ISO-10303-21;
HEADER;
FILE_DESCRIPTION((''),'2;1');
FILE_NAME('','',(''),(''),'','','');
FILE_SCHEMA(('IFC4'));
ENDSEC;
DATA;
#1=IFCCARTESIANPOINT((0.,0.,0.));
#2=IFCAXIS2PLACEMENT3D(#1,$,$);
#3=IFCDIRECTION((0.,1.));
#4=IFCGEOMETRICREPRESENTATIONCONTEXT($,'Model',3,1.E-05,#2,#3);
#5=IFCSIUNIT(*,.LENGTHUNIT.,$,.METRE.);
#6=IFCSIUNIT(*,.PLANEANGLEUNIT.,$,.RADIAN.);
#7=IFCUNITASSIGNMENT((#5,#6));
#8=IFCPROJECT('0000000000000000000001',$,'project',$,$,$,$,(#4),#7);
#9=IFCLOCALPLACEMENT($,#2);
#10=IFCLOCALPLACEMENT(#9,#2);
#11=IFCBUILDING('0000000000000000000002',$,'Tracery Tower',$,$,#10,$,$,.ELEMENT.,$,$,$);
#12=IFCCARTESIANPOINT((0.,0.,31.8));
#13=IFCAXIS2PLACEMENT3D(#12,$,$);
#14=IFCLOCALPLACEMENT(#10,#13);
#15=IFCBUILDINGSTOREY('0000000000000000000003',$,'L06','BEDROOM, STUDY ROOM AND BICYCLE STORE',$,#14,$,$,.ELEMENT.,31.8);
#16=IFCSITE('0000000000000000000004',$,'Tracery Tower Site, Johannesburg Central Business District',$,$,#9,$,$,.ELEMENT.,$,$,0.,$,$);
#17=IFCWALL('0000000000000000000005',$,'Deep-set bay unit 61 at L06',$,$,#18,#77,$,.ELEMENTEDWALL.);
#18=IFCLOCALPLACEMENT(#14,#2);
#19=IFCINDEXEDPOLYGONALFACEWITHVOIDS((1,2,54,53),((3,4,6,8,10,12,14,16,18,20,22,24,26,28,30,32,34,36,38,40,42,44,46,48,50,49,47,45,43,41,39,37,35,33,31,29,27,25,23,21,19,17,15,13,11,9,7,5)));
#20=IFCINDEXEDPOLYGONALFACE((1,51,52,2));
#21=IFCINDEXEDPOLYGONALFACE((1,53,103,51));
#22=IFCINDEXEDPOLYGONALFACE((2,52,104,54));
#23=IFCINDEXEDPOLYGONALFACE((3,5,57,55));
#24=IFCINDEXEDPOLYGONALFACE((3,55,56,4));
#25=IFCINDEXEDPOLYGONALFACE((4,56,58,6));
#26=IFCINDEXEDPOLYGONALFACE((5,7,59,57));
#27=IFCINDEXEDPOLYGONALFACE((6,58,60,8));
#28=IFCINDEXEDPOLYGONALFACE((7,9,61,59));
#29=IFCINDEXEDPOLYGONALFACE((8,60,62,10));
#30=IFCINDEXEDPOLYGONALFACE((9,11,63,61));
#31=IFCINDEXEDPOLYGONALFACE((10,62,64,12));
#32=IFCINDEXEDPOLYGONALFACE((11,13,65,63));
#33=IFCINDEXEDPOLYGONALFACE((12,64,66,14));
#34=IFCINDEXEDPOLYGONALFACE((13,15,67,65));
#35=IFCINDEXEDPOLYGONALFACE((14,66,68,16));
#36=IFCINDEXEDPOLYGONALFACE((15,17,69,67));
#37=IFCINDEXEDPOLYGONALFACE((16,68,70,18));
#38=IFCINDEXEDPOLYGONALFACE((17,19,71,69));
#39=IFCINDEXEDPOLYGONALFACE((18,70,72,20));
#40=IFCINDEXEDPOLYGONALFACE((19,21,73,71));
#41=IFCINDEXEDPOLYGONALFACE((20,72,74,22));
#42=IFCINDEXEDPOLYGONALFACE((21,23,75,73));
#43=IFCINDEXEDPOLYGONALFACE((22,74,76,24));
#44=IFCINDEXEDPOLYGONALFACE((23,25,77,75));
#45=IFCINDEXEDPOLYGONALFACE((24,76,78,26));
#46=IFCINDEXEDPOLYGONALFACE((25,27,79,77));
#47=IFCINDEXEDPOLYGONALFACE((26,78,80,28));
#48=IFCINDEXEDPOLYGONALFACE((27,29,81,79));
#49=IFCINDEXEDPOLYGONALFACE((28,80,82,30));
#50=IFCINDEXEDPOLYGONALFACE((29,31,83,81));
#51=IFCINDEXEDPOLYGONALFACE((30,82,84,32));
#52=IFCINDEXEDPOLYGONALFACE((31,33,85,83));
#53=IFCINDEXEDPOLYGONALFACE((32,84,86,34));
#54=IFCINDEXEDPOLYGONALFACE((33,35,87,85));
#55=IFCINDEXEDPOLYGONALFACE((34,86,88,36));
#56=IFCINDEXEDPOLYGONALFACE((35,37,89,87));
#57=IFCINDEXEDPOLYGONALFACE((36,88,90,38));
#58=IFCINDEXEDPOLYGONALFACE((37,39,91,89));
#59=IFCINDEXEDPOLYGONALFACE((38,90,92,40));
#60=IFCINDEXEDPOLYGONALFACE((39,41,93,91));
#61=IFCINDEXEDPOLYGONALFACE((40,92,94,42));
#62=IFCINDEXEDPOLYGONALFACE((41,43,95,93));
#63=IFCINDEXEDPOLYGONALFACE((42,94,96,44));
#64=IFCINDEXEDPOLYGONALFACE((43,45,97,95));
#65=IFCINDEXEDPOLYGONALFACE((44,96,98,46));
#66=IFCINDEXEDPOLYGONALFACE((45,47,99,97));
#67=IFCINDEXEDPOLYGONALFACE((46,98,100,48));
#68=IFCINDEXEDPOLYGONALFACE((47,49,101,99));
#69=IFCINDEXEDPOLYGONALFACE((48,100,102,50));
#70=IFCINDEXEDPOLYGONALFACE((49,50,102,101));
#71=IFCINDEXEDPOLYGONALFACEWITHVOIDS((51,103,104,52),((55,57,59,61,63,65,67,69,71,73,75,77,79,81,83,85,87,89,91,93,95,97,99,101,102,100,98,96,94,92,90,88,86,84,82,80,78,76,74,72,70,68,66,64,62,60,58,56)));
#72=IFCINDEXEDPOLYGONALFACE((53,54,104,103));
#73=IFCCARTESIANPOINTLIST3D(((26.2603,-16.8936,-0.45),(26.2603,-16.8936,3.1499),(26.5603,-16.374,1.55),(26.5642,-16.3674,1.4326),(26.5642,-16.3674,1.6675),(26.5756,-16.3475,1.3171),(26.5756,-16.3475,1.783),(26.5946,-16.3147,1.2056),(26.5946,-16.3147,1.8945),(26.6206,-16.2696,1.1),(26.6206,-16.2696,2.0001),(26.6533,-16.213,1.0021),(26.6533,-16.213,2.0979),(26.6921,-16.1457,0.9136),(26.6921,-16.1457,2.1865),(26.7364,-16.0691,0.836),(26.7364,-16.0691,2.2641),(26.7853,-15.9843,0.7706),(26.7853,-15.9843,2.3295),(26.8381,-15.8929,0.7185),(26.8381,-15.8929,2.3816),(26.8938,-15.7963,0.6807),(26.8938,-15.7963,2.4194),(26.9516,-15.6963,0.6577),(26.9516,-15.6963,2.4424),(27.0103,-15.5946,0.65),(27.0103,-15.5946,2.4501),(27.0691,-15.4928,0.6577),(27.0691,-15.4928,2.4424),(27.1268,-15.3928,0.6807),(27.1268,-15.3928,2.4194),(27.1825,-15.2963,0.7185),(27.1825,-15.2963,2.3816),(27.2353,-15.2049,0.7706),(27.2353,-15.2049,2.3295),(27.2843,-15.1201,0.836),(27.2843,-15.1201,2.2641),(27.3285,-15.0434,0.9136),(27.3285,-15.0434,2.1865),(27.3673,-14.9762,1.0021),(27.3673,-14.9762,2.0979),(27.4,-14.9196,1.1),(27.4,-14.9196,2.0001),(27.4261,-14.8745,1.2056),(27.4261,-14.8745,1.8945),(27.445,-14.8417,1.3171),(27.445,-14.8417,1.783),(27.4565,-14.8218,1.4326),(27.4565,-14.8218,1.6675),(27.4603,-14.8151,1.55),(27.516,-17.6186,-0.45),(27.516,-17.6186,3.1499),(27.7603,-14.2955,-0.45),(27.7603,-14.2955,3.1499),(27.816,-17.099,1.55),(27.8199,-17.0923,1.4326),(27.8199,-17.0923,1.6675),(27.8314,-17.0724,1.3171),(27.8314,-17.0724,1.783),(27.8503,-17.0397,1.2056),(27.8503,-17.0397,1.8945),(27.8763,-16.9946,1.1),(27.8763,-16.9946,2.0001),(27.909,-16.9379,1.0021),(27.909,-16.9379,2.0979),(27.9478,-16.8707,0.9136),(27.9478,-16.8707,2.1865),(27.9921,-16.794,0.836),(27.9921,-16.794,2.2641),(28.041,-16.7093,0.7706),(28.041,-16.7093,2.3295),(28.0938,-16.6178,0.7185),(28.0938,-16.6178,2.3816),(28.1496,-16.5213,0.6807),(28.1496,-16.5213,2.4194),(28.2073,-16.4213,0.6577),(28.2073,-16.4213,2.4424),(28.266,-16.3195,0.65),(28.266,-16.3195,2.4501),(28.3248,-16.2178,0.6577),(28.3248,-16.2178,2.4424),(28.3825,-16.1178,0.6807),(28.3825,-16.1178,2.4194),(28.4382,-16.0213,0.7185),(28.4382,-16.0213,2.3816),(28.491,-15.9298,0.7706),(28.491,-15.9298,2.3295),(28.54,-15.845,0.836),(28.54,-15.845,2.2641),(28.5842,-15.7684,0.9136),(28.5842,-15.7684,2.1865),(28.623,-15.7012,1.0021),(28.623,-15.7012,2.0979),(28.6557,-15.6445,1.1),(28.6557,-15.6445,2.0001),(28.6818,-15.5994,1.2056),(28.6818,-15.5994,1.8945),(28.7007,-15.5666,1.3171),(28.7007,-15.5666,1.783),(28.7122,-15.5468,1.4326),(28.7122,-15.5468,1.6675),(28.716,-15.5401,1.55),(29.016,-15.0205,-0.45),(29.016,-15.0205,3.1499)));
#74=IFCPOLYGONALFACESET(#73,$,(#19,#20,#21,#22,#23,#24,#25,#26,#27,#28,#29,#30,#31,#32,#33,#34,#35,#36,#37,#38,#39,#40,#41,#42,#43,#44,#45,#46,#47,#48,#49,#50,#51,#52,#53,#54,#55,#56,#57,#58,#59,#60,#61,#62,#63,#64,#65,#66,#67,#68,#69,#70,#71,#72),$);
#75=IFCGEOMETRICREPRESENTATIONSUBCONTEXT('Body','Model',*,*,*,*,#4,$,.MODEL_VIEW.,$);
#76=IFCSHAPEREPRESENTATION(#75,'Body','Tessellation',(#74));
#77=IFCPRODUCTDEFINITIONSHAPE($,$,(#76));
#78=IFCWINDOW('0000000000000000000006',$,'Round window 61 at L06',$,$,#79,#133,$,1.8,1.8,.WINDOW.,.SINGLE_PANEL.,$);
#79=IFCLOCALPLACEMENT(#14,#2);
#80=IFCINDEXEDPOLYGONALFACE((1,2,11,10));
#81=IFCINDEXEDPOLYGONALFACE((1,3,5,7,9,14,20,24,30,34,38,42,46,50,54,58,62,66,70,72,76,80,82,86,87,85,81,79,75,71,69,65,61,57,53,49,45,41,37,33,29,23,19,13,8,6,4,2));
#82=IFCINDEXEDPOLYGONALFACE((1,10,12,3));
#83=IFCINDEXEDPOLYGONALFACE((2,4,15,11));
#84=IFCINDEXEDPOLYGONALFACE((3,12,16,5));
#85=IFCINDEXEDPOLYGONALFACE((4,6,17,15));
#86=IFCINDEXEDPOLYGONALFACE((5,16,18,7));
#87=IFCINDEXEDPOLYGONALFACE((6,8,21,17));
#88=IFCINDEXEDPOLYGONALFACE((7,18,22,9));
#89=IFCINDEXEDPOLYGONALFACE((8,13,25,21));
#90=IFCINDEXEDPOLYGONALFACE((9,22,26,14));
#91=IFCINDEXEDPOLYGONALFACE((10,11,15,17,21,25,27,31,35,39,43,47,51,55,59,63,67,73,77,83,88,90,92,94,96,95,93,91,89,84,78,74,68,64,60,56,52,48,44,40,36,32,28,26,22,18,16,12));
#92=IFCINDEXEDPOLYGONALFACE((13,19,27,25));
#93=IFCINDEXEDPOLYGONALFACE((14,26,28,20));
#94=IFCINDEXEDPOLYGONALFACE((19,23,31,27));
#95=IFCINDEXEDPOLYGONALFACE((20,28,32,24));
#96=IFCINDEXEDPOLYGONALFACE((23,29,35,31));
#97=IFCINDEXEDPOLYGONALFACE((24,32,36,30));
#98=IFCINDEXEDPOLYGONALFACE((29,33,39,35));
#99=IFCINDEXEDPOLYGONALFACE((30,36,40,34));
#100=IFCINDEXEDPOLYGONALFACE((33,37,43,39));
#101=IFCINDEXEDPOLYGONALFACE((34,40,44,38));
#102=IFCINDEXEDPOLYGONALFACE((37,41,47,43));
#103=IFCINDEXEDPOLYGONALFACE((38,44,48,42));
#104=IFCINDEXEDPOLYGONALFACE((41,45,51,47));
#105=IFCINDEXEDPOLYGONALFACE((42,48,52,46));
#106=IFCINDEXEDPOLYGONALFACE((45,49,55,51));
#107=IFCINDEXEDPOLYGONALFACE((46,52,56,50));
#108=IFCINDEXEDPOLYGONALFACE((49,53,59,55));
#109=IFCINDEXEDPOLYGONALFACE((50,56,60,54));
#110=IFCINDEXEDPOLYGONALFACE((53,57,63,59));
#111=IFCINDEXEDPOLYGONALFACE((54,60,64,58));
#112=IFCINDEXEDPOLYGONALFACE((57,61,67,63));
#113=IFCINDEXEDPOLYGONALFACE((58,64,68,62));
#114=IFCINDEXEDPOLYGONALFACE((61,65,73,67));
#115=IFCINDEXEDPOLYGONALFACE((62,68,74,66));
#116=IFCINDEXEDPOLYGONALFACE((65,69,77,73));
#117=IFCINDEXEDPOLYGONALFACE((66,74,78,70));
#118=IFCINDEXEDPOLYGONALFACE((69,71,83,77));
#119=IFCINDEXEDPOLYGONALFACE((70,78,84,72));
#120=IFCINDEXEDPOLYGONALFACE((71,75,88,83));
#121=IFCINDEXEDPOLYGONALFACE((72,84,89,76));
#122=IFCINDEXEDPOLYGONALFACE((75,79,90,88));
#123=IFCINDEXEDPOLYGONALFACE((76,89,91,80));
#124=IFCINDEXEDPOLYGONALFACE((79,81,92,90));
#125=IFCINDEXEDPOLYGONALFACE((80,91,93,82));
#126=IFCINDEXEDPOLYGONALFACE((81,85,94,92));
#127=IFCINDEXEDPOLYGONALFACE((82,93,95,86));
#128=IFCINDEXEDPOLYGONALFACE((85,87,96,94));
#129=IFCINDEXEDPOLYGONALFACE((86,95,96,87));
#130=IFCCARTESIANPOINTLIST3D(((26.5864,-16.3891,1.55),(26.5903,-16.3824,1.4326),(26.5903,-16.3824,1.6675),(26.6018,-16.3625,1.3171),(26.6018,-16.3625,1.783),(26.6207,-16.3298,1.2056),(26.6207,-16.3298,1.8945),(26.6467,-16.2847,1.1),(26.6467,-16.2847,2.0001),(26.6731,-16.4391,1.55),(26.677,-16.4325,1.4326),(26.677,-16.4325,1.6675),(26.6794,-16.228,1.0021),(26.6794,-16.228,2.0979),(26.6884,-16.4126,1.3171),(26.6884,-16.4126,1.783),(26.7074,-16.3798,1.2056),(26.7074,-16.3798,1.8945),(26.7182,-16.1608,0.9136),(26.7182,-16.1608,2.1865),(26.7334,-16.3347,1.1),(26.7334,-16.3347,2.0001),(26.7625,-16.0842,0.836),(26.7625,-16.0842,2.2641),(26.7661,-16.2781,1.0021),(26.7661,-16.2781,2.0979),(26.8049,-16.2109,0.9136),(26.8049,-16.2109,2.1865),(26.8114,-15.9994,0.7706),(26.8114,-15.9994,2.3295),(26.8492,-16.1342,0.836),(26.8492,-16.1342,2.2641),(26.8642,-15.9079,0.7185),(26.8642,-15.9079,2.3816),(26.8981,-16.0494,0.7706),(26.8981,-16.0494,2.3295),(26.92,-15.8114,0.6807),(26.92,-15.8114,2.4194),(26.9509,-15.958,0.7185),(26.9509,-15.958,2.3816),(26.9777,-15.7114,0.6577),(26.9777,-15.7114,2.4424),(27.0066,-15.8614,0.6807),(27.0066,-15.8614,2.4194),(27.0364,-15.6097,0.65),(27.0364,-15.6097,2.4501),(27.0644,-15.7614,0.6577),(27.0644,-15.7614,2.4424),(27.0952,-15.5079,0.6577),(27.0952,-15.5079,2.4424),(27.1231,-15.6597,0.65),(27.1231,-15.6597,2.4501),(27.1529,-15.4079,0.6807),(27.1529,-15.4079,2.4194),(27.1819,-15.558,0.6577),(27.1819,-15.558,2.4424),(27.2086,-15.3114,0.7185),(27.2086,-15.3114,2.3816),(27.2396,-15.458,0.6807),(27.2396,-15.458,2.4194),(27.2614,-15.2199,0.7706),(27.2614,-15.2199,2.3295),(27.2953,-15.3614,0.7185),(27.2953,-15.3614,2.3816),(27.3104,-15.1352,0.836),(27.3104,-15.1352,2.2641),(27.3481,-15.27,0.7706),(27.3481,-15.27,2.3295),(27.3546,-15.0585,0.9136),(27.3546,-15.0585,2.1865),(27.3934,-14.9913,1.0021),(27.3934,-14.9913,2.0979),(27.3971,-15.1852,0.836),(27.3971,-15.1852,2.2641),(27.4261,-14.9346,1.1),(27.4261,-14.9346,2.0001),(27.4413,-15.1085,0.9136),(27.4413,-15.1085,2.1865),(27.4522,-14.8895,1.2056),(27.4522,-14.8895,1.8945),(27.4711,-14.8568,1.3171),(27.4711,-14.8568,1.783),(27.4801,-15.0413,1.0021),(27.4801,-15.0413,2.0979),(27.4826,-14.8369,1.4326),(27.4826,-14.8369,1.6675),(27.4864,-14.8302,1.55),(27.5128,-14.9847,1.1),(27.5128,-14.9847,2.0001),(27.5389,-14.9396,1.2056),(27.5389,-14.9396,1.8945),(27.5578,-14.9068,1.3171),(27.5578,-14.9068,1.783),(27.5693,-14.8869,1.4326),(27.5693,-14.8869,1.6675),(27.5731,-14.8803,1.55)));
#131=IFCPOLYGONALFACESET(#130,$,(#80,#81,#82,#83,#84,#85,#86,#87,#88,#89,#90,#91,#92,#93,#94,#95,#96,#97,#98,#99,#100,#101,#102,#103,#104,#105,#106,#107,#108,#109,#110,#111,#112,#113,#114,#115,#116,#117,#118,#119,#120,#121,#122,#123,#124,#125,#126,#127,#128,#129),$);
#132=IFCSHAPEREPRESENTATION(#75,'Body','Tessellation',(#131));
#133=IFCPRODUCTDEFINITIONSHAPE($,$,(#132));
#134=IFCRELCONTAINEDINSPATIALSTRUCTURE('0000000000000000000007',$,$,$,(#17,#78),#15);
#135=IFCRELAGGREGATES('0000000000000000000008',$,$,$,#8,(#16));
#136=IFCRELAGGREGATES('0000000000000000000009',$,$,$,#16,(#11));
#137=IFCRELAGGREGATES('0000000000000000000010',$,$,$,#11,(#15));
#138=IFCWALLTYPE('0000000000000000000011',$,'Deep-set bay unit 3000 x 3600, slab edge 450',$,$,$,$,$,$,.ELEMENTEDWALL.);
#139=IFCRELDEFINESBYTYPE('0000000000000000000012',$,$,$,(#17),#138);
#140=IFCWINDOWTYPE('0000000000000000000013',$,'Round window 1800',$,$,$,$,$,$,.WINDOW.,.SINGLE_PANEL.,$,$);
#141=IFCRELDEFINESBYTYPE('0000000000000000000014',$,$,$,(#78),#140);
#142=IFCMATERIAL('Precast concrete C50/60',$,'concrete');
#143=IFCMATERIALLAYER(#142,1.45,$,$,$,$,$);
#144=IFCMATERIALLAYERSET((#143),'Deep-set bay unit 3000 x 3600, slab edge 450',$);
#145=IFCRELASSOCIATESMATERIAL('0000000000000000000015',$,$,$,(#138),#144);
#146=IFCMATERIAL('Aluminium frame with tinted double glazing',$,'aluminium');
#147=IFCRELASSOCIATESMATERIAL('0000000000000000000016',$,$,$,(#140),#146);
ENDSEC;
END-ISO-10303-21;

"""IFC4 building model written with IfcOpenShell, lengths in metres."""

from ifc_helpers import new_model, si_unit, direction, frame, frame_2d, origin, origin_2d, place, context, subcontext, project, spatial, rectangle, circle, extrude, material, layer, layer_set, type_object, element, fill, save


model = new_model("IFC4")

# Units and contexts
model_context = context("Model", 3, precision=1e-05, world=origin(), true_north=direction((0.0, 1.0)))
body_context = subcontext(model_context, "Body", "Model", "MODEL_VIEW")
ifc_project = project(units=[si_unit("LENGTHUNIT", "METRE"), si_unit("PLANEANGLEUNIT", "RADIAN")], contexts=[model_context])

# Site, building, storey
site_placement = place(None, origin())
site = spatial("IfcSite", under=ifc_project, at=site_placement, Name="Tracery Tower Site, Johannesburg Central Business District", CompositionType="ELEMENT", RefElevation=0.0)
building_placement = place(site_placement, origin())
building = spatial("IfcBuilding", under=site, at=building_placement, Name="Tracery Tower", CompositionType="ELEMENT")
storey_placement = place(building_placement, frame((0.0, 0.0, 31.8)))
storey = spatial("IfcBuildingStorey", under=building, at=storey_placement, Name="L06", Description="BEDROOM, STUDY ROOM AND BICYCLE STORE", CompositionType="ELEMENT", Elevation=31.8)

# Wall, opening, window
ifc_material_1 = material(Name="Precast concrete C50/60", Category="concrete")
ifc_layer_1 = layer(ifc_material_1, 1.45)
ifc_layer_set_1 = layer_set([ifc_layer_1], Name="Deep-set bay unit 3000 x 3600, slab edge 450")
wall_type_1 = type_object("IfcWallType", Name="Deep-set bay unit 3000 x 3600, slab edge 450", PredefinedType="ELEMENTEDWALL", material=ifc_layer_set_1)
ifc_material_2 = material(Name="Aluminium frame with tinted double glazing", Category="aluminium")
window_type = type_object("IfcWindowType", Name="Round window 1800", PartitioningType="SINGLE_PANEL", PredefinedType="WINDOW", material=ifc_material_2)
wall_1_placement = place(storey_placement, frame((26.8882, -17.2561, -0.45), z_axis=(0.0, 0.0, 1.0), x_axis=(0.49999, 0.866031, 0.0)))
wall_1 = element("IfcWall", 1, at=wall_1_placement, inside=storey, type_object=wall_type_1, Name="Deep-set bay unit 61 at L06", PredefinedType="ELEMENTEDWALL", context=body_context, shape_type="SweptSolid", body=[
    extrude(rectangle(XDim=3.0, YDim=1.45, at=frame_2d((1.5, 0.0))), origin(), (0.0, 0.0, 1.0), 3.5999),
])
opening_1_placement = place(wall_1_placement, frame((1.5, 0.0, 2.0)))
opening_1 = element("IfcOpeningElement", 2, at=opening_1_placement, cuts=wall_1, PredefinedType="OPENING", context=body_context, shape_type="SweptSolid", body=[
    extrude(circle(Radius=0.9, at=origin_2d()), frame((0.0, 0.7349, 0.0), z_axis=(0.0, -1.0, 0.0), x_axis=(1.0, 0.0, 0.0)), (0.0, 0.0, 1.0), 1.47),
])
window_1_placement = place(opening_1_placement, origin())
window_1 = element("IfcWindow", 3, at=window_1_placement, inside=storey, type_object=window_type, Name="Round window 61 at L06", OverallHeight=1.8, OverallWidth=1.8, PartitioningType="SINGLE_PANEL", PredefinedType="WINDOW", context=body_context, shape_type="SweptSolid", body=[
    extrude(circle(Radius=0.9, at=origin_2d()), frame((0.0, 0.6948, 0.0), z_axis=(0.0, -1.0, 0.0), x_axis=(1.0, 0.0, 0.0)), (0.0, 0.0, 1.0), 0.1001),
])
fill(opening_1, window_1)

save(model, "model.ifc")
